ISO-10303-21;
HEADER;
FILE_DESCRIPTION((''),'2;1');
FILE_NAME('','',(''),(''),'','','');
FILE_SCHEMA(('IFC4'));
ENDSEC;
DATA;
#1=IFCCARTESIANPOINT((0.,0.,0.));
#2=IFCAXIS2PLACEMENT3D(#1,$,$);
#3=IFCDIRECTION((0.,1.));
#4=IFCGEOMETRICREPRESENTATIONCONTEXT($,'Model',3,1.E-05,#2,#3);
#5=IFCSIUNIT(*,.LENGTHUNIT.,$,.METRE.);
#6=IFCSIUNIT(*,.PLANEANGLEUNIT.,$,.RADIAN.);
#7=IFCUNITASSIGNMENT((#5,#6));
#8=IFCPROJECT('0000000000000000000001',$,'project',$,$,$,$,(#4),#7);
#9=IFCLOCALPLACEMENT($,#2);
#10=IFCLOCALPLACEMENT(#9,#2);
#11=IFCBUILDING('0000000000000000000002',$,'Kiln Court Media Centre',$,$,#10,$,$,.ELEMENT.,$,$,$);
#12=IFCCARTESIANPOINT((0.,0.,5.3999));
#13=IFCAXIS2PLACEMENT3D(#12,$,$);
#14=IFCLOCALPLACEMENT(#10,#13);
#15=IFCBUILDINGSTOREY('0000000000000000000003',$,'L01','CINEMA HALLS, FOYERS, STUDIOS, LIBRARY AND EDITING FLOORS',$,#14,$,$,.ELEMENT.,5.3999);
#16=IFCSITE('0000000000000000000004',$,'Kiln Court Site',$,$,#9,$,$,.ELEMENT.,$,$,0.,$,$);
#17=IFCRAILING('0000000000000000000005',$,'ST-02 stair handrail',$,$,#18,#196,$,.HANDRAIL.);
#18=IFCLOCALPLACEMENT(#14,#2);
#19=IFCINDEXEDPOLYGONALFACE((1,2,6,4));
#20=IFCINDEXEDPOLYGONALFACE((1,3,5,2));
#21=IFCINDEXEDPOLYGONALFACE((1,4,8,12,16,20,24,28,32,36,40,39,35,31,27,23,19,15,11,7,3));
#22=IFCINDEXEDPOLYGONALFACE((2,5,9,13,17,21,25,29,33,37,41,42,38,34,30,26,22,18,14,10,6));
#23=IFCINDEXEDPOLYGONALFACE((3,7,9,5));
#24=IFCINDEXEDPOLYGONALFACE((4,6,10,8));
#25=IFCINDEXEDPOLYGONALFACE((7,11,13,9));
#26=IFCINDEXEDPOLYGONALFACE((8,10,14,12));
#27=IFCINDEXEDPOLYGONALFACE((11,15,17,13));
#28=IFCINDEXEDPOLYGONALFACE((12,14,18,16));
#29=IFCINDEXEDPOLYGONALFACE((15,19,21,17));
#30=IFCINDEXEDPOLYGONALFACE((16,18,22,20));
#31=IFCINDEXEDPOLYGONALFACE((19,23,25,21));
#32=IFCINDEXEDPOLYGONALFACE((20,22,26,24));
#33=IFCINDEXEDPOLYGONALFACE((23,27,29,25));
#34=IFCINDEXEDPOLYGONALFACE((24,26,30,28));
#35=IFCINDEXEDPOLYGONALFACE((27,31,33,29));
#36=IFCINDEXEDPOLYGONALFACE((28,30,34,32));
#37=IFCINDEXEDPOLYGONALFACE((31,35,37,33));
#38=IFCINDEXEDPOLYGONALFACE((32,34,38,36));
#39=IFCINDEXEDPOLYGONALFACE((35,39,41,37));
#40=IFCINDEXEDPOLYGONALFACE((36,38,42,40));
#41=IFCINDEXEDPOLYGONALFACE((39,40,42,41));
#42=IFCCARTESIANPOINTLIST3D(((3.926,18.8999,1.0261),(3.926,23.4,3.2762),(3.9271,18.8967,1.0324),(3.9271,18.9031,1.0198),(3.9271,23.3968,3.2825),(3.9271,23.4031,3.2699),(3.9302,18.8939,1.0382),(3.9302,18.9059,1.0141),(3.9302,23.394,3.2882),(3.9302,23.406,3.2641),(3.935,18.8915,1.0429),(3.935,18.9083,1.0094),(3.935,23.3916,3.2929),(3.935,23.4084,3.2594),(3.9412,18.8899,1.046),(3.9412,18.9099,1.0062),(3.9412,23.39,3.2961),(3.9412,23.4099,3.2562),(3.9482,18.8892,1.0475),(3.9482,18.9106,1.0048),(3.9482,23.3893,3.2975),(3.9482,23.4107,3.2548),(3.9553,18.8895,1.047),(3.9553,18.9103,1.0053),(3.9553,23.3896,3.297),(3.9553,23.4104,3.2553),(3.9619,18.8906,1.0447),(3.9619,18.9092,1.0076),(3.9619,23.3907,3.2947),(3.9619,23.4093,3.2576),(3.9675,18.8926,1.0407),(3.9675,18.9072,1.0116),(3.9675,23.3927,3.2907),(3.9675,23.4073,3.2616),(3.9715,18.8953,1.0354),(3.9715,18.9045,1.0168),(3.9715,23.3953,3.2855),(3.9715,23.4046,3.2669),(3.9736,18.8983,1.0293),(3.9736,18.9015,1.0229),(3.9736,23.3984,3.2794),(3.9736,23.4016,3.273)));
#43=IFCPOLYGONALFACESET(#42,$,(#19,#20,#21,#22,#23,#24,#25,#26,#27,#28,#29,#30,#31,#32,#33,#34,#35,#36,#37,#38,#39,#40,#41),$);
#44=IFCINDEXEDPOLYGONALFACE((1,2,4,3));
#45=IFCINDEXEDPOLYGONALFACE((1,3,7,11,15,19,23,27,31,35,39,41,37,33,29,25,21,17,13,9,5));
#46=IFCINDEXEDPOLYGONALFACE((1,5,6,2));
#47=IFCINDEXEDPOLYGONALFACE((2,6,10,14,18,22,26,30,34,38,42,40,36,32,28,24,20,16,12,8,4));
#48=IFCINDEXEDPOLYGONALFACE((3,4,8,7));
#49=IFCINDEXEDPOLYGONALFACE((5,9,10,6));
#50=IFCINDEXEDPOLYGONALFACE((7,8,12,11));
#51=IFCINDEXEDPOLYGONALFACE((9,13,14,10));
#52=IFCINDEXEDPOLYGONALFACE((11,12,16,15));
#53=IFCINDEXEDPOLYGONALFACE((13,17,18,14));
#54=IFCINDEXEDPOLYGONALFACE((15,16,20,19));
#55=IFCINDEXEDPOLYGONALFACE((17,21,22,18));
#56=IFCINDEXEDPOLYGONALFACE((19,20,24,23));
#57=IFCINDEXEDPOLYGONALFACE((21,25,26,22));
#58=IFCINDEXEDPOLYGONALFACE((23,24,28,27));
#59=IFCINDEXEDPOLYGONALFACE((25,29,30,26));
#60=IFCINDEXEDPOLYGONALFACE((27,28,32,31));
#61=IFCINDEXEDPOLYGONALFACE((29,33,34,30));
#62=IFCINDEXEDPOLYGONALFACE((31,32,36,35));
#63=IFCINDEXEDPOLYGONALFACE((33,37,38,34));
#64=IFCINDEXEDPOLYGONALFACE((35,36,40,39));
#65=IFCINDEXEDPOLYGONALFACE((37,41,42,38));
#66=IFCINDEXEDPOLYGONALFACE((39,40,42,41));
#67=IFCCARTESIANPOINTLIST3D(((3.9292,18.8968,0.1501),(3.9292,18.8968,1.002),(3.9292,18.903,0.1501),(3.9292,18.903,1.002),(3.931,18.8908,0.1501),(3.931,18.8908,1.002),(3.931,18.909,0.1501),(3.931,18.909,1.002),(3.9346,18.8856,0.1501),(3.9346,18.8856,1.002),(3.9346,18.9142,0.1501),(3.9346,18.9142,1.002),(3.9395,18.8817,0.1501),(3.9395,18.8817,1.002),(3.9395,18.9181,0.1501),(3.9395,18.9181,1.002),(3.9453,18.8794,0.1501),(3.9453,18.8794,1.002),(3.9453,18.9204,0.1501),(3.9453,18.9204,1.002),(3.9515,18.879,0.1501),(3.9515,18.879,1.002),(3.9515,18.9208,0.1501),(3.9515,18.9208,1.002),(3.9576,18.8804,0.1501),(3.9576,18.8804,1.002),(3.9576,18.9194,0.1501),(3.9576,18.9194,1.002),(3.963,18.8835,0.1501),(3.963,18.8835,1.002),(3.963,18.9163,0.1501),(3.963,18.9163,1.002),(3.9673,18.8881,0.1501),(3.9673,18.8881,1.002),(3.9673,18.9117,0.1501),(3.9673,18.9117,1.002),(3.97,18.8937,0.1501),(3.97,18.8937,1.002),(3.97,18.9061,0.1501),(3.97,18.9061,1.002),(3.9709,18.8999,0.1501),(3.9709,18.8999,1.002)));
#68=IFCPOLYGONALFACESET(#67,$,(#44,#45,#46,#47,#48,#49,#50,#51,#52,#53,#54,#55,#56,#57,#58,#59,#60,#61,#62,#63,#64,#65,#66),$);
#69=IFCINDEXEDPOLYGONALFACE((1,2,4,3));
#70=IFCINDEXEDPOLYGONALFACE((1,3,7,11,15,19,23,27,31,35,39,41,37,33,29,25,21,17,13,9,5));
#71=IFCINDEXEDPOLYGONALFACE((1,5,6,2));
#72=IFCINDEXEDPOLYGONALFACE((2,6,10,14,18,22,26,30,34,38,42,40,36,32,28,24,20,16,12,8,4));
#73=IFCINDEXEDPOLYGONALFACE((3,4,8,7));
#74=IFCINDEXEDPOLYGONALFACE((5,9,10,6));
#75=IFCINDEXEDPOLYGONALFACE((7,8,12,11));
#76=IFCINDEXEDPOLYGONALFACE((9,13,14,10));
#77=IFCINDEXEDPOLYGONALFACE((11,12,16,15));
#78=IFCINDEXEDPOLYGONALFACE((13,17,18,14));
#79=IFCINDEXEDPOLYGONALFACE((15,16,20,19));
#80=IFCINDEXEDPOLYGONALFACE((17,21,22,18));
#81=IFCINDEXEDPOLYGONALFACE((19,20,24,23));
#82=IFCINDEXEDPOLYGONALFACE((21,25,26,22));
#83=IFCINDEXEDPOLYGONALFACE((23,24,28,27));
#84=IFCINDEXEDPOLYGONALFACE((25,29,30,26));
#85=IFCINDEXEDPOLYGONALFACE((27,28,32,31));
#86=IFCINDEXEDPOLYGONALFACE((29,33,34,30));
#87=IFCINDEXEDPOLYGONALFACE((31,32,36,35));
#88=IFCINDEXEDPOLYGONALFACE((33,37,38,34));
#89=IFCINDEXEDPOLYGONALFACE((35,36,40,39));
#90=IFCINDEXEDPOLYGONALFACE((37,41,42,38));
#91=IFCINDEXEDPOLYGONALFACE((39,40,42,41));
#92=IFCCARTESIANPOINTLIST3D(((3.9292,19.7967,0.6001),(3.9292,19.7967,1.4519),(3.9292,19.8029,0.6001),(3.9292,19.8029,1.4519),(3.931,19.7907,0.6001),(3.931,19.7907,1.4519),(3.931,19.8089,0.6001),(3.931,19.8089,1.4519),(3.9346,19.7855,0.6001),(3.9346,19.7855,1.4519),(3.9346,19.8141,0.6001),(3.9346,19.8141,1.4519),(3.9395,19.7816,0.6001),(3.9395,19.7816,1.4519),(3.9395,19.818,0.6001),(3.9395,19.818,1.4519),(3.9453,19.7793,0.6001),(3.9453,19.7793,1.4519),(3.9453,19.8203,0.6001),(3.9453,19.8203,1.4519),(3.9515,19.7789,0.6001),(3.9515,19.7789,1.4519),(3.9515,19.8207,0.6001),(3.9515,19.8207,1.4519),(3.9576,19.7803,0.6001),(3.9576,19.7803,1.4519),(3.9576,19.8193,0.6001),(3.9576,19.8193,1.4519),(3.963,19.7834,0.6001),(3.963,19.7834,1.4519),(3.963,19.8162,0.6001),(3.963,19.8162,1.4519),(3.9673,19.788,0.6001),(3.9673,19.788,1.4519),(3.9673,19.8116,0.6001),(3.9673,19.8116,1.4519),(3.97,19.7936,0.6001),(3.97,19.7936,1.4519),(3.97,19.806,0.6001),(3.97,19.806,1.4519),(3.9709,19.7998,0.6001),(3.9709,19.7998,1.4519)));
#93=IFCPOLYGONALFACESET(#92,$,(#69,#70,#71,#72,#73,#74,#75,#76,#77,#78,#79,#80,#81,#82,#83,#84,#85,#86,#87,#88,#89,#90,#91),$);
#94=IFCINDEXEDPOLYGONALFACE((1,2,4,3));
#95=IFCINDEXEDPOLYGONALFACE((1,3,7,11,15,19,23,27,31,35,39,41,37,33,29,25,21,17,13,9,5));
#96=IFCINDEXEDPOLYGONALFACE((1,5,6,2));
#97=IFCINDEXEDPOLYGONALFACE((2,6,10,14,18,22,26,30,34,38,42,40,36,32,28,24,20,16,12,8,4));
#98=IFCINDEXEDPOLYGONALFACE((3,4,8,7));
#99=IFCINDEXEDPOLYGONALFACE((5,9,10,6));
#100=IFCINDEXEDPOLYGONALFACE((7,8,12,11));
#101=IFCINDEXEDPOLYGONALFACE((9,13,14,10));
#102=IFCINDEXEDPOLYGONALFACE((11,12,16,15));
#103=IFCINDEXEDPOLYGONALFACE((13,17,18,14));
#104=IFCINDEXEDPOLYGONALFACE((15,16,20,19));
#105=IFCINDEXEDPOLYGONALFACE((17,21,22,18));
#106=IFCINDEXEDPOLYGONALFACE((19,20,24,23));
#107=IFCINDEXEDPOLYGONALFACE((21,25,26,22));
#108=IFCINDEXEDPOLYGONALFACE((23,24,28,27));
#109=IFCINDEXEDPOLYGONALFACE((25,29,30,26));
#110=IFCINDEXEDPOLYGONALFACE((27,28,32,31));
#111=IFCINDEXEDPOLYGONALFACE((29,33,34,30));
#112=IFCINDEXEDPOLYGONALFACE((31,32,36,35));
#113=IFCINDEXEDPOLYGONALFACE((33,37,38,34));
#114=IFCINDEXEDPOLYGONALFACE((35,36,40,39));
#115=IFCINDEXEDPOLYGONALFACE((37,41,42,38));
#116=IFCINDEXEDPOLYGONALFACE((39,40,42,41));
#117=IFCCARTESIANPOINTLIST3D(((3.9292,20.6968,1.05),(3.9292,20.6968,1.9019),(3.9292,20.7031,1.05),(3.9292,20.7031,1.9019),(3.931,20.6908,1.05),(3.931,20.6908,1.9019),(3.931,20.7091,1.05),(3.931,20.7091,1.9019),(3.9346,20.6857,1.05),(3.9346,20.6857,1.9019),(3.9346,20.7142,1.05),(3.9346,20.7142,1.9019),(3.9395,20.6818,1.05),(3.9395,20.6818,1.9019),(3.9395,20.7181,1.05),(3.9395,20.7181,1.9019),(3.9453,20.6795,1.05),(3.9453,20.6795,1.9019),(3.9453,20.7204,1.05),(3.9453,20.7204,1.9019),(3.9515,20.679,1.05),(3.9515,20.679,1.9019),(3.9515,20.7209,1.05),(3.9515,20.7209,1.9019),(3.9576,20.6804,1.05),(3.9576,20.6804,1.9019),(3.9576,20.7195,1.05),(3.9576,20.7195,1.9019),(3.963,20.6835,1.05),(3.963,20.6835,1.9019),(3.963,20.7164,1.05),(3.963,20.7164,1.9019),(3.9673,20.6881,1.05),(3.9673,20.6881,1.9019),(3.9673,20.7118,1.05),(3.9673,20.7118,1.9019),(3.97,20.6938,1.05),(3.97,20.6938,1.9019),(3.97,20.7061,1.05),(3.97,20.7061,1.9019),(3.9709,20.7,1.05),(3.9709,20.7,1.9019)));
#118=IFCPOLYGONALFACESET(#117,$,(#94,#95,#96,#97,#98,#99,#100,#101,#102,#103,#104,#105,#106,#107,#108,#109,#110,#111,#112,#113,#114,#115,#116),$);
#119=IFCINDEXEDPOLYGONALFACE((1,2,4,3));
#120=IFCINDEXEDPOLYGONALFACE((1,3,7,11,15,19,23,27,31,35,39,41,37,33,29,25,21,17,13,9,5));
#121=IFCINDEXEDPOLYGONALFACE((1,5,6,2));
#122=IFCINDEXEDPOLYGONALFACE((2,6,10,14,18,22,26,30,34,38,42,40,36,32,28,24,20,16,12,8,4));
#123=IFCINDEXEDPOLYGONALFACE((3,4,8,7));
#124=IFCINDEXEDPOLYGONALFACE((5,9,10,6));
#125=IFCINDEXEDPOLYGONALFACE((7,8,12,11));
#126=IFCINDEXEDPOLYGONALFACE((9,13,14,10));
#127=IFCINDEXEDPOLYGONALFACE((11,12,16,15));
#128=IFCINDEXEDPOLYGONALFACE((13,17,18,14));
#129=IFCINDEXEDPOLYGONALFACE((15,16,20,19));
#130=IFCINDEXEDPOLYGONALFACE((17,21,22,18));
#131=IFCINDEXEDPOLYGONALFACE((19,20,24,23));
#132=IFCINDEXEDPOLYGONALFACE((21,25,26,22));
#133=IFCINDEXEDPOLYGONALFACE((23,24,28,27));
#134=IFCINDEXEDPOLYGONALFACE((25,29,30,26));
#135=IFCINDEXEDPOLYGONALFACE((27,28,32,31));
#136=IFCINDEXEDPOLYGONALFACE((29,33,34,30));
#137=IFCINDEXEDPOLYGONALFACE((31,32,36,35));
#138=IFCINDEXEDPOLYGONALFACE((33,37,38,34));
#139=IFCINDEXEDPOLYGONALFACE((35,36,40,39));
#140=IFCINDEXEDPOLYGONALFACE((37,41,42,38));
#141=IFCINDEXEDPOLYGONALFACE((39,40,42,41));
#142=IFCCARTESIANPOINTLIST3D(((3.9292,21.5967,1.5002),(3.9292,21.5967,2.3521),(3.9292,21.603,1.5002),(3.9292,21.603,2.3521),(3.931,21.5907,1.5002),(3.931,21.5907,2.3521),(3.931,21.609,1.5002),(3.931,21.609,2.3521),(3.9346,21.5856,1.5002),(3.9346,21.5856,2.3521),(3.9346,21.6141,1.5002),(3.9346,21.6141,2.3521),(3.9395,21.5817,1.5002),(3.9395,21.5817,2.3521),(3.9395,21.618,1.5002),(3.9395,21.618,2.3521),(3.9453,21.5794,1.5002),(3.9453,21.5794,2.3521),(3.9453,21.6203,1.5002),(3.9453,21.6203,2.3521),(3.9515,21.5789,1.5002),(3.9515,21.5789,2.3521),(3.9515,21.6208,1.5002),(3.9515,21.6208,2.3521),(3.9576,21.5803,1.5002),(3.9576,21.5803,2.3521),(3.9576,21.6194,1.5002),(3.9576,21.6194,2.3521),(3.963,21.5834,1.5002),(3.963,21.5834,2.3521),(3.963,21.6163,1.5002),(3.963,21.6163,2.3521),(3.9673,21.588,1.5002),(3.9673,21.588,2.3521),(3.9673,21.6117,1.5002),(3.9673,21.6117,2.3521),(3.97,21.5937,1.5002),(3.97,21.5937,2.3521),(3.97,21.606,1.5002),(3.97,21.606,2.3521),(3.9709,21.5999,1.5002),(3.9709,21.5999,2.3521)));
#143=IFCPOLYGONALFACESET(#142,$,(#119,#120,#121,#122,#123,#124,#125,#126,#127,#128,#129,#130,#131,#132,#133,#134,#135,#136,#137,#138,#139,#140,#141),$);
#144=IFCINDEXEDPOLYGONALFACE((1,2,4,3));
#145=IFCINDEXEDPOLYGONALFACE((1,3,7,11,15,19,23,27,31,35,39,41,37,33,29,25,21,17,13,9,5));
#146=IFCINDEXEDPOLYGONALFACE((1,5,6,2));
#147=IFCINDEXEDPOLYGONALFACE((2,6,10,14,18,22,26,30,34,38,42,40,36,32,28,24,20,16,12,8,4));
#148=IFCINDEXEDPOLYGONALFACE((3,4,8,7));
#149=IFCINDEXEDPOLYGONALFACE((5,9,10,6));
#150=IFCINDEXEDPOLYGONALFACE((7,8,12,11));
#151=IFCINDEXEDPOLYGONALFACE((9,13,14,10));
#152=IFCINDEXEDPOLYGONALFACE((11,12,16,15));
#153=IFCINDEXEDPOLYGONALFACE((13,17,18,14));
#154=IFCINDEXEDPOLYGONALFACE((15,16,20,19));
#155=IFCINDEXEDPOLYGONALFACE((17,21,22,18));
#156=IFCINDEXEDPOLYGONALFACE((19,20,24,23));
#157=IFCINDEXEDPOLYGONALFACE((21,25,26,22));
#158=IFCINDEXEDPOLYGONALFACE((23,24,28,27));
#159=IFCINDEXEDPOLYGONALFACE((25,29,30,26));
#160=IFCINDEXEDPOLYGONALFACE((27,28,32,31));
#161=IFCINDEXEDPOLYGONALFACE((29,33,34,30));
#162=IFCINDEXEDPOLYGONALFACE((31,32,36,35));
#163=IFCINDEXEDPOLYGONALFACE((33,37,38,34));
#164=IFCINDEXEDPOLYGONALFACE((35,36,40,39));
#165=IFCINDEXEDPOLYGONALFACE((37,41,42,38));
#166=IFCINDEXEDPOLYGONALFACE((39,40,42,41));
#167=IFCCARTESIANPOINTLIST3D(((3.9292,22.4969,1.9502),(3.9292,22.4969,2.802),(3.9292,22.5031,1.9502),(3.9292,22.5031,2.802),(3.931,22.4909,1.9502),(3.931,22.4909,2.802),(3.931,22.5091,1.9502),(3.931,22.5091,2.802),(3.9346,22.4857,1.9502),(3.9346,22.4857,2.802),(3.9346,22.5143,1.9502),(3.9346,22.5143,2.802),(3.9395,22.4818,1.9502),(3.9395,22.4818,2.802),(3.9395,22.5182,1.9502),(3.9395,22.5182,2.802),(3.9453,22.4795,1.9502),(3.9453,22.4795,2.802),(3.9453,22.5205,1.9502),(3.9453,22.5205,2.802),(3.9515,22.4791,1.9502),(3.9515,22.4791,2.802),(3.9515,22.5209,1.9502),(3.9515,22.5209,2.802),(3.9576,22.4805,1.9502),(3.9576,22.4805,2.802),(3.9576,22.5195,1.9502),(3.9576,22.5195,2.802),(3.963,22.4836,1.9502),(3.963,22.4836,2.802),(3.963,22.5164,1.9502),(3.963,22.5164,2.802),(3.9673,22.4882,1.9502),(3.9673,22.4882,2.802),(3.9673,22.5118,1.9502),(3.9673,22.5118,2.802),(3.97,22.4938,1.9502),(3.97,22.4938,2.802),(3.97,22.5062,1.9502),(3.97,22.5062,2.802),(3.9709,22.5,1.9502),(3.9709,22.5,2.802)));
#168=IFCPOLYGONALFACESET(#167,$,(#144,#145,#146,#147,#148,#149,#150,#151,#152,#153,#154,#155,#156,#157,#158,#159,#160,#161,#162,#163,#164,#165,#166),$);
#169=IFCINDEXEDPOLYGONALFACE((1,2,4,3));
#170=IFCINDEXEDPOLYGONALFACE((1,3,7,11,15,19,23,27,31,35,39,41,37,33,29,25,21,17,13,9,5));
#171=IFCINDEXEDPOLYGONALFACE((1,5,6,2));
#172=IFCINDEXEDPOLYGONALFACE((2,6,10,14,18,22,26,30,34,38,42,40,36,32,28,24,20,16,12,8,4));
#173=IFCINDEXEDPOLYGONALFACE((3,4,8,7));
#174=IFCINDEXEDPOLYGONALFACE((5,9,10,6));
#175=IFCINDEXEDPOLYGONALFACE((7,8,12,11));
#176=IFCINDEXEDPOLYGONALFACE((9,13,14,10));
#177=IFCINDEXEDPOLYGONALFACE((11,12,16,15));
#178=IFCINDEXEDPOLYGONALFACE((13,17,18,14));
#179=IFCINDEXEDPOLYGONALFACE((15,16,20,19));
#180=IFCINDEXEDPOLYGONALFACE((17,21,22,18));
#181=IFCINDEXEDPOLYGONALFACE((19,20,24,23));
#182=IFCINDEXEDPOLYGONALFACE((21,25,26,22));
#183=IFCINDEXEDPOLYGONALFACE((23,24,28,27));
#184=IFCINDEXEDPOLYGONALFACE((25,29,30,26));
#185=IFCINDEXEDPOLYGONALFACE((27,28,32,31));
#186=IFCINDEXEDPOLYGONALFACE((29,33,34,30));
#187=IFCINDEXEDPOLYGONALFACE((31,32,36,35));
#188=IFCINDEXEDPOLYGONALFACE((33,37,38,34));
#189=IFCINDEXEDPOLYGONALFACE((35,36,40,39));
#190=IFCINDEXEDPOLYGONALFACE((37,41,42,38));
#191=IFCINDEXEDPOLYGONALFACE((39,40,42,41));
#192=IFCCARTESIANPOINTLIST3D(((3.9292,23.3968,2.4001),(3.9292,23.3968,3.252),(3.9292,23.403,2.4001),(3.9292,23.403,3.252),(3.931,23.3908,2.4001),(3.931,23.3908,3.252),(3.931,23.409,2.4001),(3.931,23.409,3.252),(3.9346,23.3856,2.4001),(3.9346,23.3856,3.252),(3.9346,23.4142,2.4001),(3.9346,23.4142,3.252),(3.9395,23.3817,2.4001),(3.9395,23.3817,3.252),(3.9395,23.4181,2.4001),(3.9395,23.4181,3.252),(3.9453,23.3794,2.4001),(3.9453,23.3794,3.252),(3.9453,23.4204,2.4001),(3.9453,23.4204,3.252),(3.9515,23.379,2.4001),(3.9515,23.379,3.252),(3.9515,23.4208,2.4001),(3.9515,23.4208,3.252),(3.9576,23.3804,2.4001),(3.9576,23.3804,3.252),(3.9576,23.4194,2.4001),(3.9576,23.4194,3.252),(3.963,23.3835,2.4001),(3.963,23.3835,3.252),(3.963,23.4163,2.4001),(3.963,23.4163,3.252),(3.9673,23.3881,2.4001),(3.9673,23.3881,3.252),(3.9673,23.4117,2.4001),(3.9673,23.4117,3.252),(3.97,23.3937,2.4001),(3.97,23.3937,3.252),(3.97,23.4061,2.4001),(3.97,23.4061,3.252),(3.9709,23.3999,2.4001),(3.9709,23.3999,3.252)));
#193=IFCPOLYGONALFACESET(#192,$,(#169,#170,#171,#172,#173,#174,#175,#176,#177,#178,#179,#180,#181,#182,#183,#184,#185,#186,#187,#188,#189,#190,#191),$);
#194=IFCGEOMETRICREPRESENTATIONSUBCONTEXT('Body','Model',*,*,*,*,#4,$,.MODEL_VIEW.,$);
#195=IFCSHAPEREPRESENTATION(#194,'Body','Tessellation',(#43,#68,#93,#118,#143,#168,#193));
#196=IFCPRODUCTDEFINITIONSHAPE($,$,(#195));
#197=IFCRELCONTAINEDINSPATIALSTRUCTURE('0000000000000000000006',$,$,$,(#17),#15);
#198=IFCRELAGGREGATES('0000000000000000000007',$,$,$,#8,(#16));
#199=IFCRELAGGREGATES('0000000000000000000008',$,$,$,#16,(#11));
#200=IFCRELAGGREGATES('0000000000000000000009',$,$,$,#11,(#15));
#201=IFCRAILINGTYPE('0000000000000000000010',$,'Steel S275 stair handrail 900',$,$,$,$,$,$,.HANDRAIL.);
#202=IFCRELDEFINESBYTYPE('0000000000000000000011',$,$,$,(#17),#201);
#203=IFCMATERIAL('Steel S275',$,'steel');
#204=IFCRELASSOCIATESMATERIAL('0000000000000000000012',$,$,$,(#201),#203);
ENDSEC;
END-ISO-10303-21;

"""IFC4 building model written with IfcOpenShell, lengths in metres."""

from ifc_helpers import new_model, si_unit, direction, frame, origin, origin_2d, place, context, subcontext, project, spatial, circle, extrude, material, type_object, element, save


model = new_model("IFC4")

# Units and contexts
model_context = context("Model", 3, precision=1e-05, world=origin(), true_north=direction((0.0, 1.0)))
body_context = subcontext(model_context, "Body", "Model", "MODEL_VIEW")
ifc_project = project(units=[si_unit("LENGTHUNIT", "METRE"), si_unit("PLANEANGLEUNIT", "RADIAN")], contexts=[model_context])

# Site, building, storey
site_placement = place(None, origin())
site = spatial("IfcSite", under=ifc_project, at=site_placement, Name="Kiln Court Site", CompositionType="ELEMENT", RefElevation=0.0)
building_placement = place(site_placement, origin())
building = spatial("IfcBuilding", under=site, at=building_placement, Name="Kiln Court Media Centre", CompositionType="ELEMENT")
storey_placement = place(building_placement, frame((0.0, 0.0, 5.3999)))
storey = spatial("IfcBuildingStorey", under=building, at=storey_placement, Name="L01", Description="CINEMA HALLS, FOYERS, STUDIOS, LIBRARY AND EDITING FLOORS", CompositionType="ELEMENT", Elevation=5.3999)

# Railing
ifc_material_1 = material(Name="Steel S275", Category="steel")
railing_type_1 = type_object("IfcRailingType", Name="Steel S275 stair handrail 900", PredefinedType="HANDRAIL", material=ifc_material_1)
railing_1_placement = place(storey_placement, frame((3.95, 18.8999, 0.1501)))
element("IfcRailing", 1, at=railing_1_placement, inside=storey, type_object=railing_type_1, Name="ST-02 stair handrail", PredefinedType="HANDRAIL", context=body_context, shape_type="SweptSolid", body=[
    extrude(circle(Radius=0.0239, at=origin_2d()), frame((0.0, 0.0, 0.876), z_axis=(0.0, 0.894427, 0.447214), x_axis=(-1.0, 0.0, 0.0)), (0.0, 0.0, 1.0), 5.0312),
    extrude(circle(Radius=0.021, at=origin_2d()), origin(), (0.0, 0.0, 1.0), 0.8518),
    extrude(circle(Radius=0.021, at=origin_2d()), frame((0.0, 0.8999, 0.45)), (0.0, 0.0, 1.0), 0.8518),
    extrude(circle(Radius=0.021, at=origin_2d()), frame((0.0, 1.8, 0.8999)), (0.0, 0.0, 1.0), 0.8518),
    extrude(circle(Radius=0.021, at=origin_2d()), frame((0.0, 2.7, 1.3501)), (0.0, 0.0, 1.0), 0.8518),
    extrude(circle(Radius=0.021, at=origin_2d()), frame((0.0, 3.6001, 1.8)), (0.0, 0.0, 1.0), 0.8518),
    extrude(circle(Radius=0.021, at=origin_2d()), frame((0.0, 4.5, 2.25)), (0.0, 0.0, 1.0), 0.8518),
])

save(model, "model.ifc")
